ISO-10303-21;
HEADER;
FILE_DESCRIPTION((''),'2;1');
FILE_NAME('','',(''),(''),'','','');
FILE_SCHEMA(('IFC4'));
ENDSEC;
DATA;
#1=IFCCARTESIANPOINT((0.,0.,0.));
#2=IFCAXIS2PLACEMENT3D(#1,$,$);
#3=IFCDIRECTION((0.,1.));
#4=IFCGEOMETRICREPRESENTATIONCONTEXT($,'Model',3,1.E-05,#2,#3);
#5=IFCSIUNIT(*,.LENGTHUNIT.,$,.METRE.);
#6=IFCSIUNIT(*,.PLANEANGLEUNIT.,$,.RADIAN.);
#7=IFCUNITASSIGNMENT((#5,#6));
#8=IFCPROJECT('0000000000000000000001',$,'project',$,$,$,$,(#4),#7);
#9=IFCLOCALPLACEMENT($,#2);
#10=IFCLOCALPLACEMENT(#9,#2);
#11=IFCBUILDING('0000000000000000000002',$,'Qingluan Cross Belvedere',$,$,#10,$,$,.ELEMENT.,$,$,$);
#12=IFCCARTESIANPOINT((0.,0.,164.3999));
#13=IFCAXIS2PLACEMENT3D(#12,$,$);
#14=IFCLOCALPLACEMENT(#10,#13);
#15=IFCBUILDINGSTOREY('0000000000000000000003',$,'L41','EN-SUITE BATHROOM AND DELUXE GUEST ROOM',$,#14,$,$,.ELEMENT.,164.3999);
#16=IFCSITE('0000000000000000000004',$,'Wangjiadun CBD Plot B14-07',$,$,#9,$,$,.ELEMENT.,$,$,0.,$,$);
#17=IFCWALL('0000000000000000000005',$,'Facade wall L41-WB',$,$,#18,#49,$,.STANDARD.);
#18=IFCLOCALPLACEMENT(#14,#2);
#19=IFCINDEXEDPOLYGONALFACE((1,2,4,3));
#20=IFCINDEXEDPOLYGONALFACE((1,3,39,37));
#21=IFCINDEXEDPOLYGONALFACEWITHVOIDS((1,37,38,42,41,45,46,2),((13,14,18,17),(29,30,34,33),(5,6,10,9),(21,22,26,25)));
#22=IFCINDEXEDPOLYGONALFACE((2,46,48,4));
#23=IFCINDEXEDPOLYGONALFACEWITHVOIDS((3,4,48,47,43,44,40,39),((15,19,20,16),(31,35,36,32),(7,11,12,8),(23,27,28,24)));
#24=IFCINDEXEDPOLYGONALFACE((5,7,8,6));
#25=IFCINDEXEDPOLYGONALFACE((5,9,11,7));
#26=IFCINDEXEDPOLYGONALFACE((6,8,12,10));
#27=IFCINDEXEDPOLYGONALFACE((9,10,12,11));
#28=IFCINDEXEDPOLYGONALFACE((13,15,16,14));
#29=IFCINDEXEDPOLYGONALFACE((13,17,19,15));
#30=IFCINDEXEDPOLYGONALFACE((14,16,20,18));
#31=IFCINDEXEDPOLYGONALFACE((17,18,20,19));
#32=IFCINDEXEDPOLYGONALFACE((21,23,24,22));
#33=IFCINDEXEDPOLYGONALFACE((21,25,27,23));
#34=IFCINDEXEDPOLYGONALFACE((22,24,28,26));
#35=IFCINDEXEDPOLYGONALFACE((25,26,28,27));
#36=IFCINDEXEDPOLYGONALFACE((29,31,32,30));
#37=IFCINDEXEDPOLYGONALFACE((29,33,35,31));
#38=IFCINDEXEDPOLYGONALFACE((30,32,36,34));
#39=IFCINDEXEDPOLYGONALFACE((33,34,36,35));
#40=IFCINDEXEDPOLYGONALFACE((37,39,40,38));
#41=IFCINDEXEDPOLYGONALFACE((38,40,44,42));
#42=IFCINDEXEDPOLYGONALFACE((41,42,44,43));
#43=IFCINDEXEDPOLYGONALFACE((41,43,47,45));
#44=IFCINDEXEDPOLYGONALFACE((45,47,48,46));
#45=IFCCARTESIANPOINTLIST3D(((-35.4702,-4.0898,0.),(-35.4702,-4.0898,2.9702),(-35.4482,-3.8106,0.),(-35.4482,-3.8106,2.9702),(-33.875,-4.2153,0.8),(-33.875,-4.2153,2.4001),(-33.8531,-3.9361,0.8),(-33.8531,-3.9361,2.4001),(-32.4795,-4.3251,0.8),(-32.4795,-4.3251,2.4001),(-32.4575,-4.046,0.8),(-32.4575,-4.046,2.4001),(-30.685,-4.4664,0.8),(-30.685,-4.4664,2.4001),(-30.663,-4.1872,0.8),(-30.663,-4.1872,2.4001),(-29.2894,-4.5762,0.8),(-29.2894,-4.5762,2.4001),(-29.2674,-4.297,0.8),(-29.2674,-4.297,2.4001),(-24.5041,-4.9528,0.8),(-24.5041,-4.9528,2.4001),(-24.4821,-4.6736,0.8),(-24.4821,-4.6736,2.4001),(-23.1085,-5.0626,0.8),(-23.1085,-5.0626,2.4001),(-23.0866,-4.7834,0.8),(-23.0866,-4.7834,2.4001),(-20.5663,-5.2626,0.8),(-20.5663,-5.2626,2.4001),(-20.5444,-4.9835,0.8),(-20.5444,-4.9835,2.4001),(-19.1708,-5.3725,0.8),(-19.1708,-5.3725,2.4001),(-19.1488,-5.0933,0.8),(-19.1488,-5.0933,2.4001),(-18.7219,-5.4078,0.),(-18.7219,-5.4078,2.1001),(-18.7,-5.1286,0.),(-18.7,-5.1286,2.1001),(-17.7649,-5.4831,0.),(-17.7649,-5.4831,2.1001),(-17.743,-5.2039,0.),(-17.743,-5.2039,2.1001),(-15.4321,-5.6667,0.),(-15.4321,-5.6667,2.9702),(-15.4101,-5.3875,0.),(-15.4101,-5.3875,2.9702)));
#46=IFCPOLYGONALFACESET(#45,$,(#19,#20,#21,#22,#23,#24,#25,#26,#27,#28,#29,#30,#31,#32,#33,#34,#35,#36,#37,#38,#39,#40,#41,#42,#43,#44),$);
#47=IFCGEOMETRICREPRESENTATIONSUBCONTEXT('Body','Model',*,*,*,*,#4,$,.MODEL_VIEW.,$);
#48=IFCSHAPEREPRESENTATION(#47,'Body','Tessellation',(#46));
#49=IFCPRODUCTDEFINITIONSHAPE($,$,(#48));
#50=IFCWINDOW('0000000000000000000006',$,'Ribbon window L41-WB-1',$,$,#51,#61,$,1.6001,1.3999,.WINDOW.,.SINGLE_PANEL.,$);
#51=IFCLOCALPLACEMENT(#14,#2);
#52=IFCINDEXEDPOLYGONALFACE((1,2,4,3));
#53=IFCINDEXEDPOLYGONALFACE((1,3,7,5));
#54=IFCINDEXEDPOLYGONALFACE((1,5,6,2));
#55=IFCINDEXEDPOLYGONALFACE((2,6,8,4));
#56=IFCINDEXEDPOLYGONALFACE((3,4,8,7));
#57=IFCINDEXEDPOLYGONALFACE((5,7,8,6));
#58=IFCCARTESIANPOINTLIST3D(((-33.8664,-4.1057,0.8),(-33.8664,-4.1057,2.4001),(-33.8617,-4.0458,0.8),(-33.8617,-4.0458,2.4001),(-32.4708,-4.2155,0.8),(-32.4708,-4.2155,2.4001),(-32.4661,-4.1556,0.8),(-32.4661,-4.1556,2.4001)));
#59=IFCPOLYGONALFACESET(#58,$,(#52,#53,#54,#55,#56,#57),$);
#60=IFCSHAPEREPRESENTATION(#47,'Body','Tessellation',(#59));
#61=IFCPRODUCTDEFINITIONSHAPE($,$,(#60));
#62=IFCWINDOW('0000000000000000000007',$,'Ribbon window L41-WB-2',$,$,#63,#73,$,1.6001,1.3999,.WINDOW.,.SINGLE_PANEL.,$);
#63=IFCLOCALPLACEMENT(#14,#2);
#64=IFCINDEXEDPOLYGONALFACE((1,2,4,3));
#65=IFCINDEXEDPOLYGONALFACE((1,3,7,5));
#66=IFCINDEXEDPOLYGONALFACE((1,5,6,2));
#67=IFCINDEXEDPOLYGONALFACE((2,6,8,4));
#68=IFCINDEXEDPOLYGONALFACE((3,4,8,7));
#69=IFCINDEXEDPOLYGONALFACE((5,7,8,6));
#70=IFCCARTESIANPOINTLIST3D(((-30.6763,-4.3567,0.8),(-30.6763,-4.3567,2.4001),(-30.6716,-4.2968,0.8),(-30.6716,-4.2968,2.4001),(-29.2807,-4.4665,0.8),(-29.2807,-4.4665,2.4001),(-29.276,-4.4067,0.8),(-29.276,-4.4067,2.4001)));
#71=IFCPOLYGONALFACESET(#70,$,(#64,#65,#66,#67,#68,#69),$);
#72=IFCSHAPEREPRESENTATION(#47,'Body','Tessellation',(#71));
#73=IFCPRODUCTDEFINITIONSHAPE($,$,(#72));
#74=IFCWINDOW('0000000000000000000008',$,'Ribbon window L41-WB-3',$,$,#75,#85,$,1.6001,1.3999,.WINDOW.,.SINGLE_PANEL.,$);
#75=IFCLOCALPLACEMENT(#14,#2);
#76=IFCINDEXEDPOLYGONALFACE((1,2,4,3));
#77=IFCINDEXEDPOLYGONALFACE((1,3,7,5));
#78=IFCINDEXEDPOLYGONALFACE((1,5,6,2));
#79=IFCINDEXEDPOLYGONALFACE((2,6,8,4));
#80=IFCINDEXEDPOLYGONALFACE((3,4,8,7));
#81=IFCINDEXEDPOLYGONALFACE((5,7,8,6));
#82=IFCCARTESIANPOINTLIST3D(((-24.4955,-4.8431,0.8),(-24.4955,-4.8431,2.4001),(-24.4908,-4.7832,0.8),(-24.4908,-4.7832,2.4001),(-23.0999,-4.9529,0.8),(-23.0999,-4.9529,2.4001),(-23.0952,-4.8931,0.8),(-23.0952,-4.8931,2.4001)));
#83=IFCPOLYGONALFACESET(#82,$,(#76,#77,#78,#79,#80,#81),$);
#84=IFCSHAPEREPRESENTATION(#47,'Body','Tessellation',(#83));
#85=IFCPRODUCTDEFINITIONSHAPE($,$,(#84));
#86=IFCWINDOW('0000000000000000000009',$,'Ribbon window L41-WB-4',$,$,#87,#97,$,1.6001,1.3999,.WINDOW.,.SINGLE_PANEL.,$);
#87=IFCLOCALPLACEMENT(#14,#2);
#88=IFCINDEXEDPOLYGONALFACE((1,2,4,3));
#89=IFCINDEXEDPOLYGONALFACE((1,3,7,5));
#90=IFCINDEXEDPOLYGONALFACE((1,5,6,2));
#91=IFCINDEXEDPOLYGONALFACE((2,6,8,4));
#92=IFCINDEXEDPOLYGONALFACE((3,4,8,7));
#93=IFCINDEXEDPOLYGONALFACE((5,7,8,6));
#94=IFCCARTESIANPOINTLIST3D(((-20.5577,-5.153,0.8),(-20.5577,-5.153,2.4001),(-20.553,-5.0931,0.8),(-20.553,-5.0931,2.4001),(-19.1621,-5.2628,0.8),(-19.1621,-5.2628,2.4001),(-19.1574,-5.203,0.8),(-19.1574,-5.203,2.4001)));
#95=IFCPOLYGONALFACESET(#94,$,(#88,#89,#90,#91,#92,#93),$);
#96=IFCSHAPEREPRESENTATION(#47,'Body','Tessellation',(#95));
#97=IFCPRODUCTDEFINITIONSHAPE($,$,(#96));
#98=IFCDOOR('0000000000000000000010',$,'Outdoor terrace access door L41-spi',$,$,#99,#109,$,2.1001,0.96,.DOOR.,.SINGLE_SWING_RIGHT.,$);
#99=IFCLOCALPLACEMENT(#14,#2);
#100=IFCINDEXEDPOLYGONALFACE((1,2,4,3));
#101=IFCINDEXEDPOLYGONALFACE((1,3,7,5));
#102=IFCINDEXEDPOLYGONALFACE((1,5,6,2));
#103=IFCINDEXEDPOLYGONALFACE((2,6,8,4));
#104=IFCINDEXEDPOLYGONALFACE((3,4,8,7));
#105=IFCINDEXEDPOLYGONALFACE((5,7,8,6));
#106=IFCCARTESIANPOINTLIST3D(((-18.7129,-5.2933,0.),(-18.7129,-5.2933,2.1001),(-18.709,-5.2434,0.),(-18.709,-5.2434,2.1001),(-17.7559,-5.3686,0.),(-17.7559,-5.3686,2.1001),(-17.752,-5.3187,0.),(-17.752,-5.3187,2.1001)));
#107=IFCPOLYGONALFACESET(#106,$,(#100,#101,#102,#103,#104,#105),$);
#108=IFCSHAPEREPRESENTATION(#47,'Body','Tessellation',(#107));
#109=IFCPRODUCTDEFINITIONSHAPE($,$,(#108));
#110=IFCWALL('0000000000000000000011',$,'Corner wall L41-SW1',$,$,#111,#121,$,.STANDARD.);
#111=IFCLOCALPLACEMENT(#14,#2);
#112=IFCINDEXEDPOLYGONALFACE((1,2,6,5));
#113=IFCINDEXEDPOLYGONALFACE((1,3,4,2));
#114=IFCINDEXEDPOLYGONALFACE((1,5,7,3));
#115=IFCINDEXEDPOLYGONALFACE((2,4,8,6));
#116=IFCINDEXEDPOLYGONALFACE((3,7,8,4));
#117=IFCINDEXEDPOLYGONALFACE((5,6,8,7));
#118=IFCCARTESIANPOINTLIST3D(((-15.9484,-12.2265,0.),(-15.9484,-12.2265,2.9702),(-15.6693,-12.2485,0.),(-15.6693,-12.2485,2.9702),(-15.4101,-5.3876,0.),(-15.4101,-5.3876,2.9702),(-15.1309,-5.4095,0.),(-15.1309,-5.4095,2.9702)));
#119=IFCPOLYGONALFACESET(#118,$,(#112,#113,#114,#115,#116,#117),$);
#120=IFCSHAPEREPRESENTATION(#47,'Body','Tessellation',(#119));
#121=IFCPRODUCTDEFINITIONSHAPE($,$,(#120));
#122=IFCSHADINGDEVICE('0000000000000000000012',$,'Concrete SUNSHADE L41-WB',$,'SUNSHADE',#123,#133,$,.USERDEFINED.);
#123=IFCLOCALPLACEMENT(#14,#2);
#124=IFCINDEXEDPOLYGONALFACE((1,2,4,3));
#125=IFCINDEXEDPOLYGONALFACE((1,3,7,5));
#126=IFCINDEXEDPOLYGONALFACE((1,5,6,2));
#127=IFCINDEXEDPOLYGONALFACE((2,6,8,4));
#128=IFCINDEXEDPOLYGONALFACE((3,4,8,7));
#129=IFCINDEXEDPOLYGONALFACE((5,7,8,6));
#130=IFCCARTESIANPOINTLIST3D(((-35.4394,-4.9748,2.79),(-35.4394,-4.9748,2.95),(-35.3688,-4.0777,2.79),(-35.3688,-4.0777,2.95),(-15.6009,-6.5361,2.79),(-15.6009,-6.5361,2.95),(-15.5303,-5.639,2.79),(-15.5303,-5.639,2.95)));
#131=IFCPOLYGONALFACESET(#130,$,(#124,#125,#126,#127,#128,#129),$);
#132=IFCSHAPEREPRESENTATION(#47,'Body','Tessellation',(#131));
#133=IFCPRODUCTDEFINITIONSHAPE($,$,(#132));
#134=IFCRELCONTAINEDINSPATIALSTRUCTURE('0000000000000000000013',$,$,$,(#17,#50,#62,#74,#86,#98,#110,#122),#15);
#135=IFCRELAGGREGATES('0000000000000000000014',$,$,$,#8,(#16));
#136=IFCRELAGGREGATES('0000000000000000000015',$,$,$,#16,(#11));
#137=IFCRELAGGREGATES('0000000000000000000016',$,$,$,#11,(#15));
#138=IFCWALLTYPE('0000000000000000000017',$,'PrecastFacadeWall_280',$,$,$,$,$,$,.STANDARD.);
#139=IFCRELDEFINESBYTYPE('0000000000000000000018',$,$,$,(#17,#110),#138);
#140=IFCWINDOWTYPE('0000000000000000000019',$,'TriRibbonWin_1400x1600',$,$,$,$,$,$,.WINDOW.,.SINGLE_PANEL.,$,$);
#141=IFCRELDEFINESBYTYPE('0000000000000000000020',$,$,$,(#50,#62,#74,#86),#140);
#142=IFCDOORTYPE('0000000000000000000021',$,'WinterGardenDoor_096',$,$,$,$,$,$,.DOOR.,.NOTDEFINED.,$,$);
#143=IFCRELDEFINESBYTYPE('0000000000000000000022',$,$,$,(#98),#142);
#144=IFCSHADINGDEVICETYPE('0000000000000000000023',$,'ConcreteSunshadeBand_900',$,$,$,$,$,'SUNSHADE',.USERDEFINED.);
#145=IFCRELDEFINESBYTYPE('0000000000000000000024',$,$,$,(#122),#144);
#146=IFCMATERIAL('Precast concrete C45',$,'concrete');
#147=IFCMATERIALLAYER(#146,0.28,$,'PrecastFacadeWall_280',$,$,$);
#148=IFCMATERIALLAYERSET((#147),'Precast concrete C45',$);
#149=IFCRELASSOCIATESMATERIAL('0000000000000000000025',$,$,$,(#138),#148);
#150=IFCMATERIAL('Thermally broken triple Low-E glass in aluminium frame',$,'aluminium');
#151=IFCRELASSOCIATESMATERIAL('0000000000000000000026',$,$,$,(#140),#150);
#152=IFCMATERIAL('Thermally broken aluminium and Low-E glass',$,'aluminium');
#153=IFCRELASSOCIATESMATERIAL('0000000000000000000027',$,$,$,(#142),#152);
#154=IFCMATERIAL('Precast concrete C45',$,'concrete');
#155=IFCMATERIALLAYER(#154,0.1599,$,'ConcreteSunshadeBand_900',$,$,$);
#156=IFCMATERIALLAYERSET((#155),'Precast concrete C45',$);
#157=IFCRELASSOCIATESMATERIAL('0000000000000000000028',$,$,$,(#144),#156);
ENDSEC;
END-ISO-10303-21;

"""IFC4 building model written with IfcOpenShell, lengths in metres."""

from ifc_helpers import new_model, si_unit, direction, frame, frame_2d, origin, origin_2d, place, context, subcontext, project, spatial, rectangle, extrude, material, layer, layer_set, type_object, element, fill, save


model = new_model("IFC4")

# Units and contexts
model_context = context("Model", 3, precision=1e-05, world=origin(), true_north=direction((0.0, 1.0)))
body_context = subcontext(model_context, "Body", "Model", "MODEL_VIEW")
ifc_project = project(units=[si_unit("LENGTHUNIT", "METRE"), si_unit("PLANEANGLEUNIT", "RADIAN")], contexts=[model_context])

# Site, building, storey
site_placement = place(None, origin())
site = spatial("IfcSite", under=ifc_project, at=site_placement, Name="Wangjiadun CBD Plot B14-07", CompositionType="ELEMENT", RefElevation=0.0)
building_placement = place(site_placement, origin())
building = spatial("IfcBuilding", under=site, at=building_placement, Name="Qingluan Cross Belvedere", CompositionType="ELEMENT")
storey_placement = place(building_placement, frame((0.0, 0.0, 164.3999)))
storey = spatial("IfcBuildingStorey", under=building, at=storey_placement, Name="L41", Description="EN-SUITE BATHROOM AND DELUXE GUEST ROOM", CompositionType="ELEMENT", Elevation=164.3999)

# Wall, openings, windows, door
ifc_material_1 = material(Name="Precast concrete C45", Category="concrete")
ifc_layer_1 = layer(ifc_material_1, 0.28, Name="PrecastFacadeWall_280")
ifc_layer_set_1 = layer_set([ifc_layer_1], Name="Precast concrete C45")
wall_type_1 = type_object("IfcWallType", Name="PrecastFacadeWall_280", PredefinedType="STANDARD", material=ifc_layer_set_1)
wall_1_placement = place(storey_placement, frame((-35.4592, -3.9502, 0.0), z_axis=(0.0, 0.0, 1.0), x_axis=(0.996918, -0.078453, 0.0)))
wall_1 = element("IfcWall", 1, at=wall_1_placement, inside=storey, type_object=wall_type_1, Name="Facade wall L41-WB", PredefinedType="STANDARD", context=body_context, shape_type="SweptSolid", body=[
    extrude(rectangle(XDim=20.1001, YDim=0.28, at=frame_2d((10.05, 0.0))), origin(), (0.0, 0.0, 1.0), 2.9702),
])
opening_1_placement = place(wall_1_placement, frame((1.6001, 0.0, 0.8)))
opening_1 = element("IfcOpeningElement", 2, at=opening_1_placement, cuts=wall_1, PredefinedType="OPENING", context=body_context, shape_type="SweptSolid", body=[
    extrude(rectangle(XDim=1.3999, YDim=1.6001, at=frame_2d((0.7, 0.8))), frame((0.0, 0.1499, 0.0), z_axis=(0.0, -1.0, 0.0), x_axis=(1.0, 0.0, 0.0)), (0.0, 0.0, 1.0), 0.3),
])
opening_2_placement = place(wall_1_placement, frame((4.8, 0.0, 0.8)))
opening_2 = element("IfcOpeningElement", 3, at=opening_2_placement, cuts=wall_1, PredefinedType="OPENING", context=body_context, shape_type="SweptSolid", body=[
    extrude(rectangle(XDim=1.3999, YDim=1.6001, at=frame_2d((0.7, 0.8))), frame((0.0, 0.1499, 0.0), z_axis=(0.0, -1.0, 0.0), x_axis=(1.0, 0.0, 0.0)), (0.0, 0.0, 1.0), 0.3),
])
opening_3_placement = place(wall_1_placement, frame((11.0, 0.0, 0.8)))
opening_3 = element("IfcOpeningElement", 4, at=opening_3_placement, cuts=wall_1, PredefinedType="OPENING", context=body_context, shape_type="SweptSolid", body=[
    extrude(rectangle(XDim=1.3999, YDim=1.6001, at=frame_2d((0.7, 0.8))), frame((0.0, 0.1499, 0.0), z_axis=(0.0, -1.0, 0.0), x_axis=(1.0, 0.0, 0.0)), (0.0, 0.0, 1.0), 0.3),
])
opening_4_placement = place(wall_1_placement, frame((14.95, 0.0, 0.8)))
opening_4 = element("IfcOpeningElement", 5, at=opening_4_placement, cuts=wall_1, PredefinedType="OPENING", context=body_context, shape_type="SweptSolid", body=[
    extrude(rectangle(XDim=1.3999, YDim=1.6001, at=frame_2d((0.7, 0.8))), frame((0.0, 0.1499, 0.0), z_axis=(0.0, -1.0, 0.0), x_axis=(1.0, 0.0, 0.0)), (0.0, 0.0, 1.0), 0.3),
])
opening_5_placement = place(wall_1_placement, frame((16.8, 0.0, 0.0)))
opening_5 = element("IfcOpeningElement", 6, at=opening_5_placement, cuts=wall_1, PredefinedType="OPENING", context=body_context, shape_type="SweptSolid", body=[
    extrude(rectangle(XDim=0.96, YDim=2.1001, at=frame_2d((0.48, 1.05))), frame((0.0, 0.1499, 0.0), z_axis=(0.0, -1.0, 0.0), x_axis=(1.0, 0.0, 0.0)), (0.0, 0.0, 1.0), 0.3),
])
ifc_material_2 = material(Name="Thermally broken triple Low-E glass in aluminium frame", Category="aluminium")
window_type = type_object("IfcWindowType", Name="TriRibbonWin_1400x1600", PartitioningType="SINGLE_PANEL", PredefinedType="WINDOW", material=ifc_material_2)
window_1_placement = place(opening_1_placement, origin())
window_1 = element("IfcWindow", 7, at=window_1_placement, inside=storey, type_object=window_type, Name="Ribbon window L41-WB-1", OverallHeight=1.6001, OverallWidth=1.3999, PartitioningType="SINGLE_PANEL", PredefinedType="WINDOW", context=body_context, shape_type="SweptSolid", body=[
    extrude(rectangle(XDim=1.3999, YDim=1.6001, at=frame_2d((0.7, 0.8))), frame((0.0, 0.03, 0.0), z_axis=(0.0, -1.0, 0.0), x_axis=(1.0, 0.0, 0.0)), (0.0, 0.0, 1.0), 0.0601),
])
fill(opening_1, window_1)
window_2_placement = place(opening_2_placement, origin())
window_2 = element("IfcWindow", 8, at=window_2_placement, inside=storey, type_object=window_type, Name="Ribbon window L41-WB-2", OverallHeight=1.6001, OverallWidth=1.3999, PartitioningType="SINGLE_PANEL", PredefinedType="WINDOW", context=body_context, shape_type="SweptSolid", body=[
    extrude(rectangle(XDim=1.3999, YDim=1.6001, at=frame_2d((0.7, 0.8))), frame((0.0, 0.03, 0.0), z_axis=(0.0, -1.0, 0.0), x_axis=(1.0, 0.0, 0.0)), (0.0, 0.0, 1.0), 0.0601),
])
fill(opening_2, window_2)
window_3_placement = place(opening_3_placement, origin())
window_3 = element("IfcWindow", 9, at=window_3_placement, inside=storey, type_object=window_type, Name="Ribbon window L41-WB-3", OverallHeight=1.6001, OverallWidth=1.3999, PartitioningType="SINGLE_PANEL", PredefinedType="WINDOW", context=body_context, shape_type="SweptSolid", body=[
    extrude(rectangle(XDim=1.3999, YDim=1.6001, at=frame_2d((0.7, 0.8))), frame((0.0, 0.03, 0.0), z_axis=(0.0, -1.0, 0.0), x_axis=(1.0, 0.0, 0.0)), (0.0, 0.0, 1.0), 0.0601),
])
fill(opening_3, window_3)
window_4_placement = place(opening_4_placement, origin())
window_4 = element("IfcWindow", 10, at=window_4_placement, inside=storey, type_object=window_type, Name="Ribbon window L41-WB-4", OverallHeight=1.6001, OverallWidth=1.3999, PartitioningType="SINGLE_PANEL", PredefinedType="WINDOW", context=body_context, shape_type="SweptSolid", body=[
    extrude(rectangle(XDim=1.3999, YDim=1.6001, at=frame_2d((0.7, 0.8))), frame((0.0, 0.03, 0.0), z_axis=(0.0, -1.0, 0.0), x_axis=(1.0, 0.0, 0.0)), (0.0, 0.0, 1.0), 0.0601),
])
fill(opening_4, window_4)
ifc_material_3 = material(Name="Thermally broken aluminium and Low-E glass", Category="aluminium")
door_type_1 = type_object("IfcDoorType", Name="WinterGardenDoor_096", OperationType="NOTDEFINED", PredefinedType="DOOR", material=ifc_material_3)
door_1_placement = place(opening_5_placement, origin())
door_1 = element("IfcDoor", 11, at=door_1_placement, inside=storey, type_object=door_type_1, Name="Outdoor terrace access door L41-spi", OperationType="SINGLE_SWING_RIGHT", OverallHeight=2.1001, OverallWidth=0.96, PredefinedType="DOOR", context=body_context, shape_type="SweptSolid", body=[
    extrude(rectangle(XDim=0.96, YDim=2.1001, at=frame_2d((0.48, 1.05))), frame((0.0, 0.0249, 0.0), z_axis=(0.0, -1.0, 0.0), x_axis=(1.0, 0.0, 0.0)), (0.0, 0.0, 1.0), 0.05),
])
fill(opening_5, door_1)

# Wall
wall_2_placement = place(storey_placement, frame((-15.2705, -5.3984, 0.0), z_axis=(0.0, 0.0, 1.0), x_axis=(-0.078474, -0.996916, 0.0)))
element("IfcWall", 12, at=wall_2_placement, inside=storey, type_object=wall_type_1, Name="Corner wall L41-SW1", PredefinedType="STANDARD", context=body_context, shape_type="SweptSolid", body=[
    extrude(rectangle(XDim=6.8601, YDim=0.28, at=frame_2d((3.4302, 0.0))), origin(), (0.0, 0.0, 1.0), 2.9702),
])

# Shading device
ifc_material_4 = material(Name="Precast concrete C45", Category="concrete")
ifc_layer_2 = layer(ifc_material_4, 0.1599, Name="ConcreteSunshadeBand_900")
ifc_layer_set_2 = layer_set([ifc_layer_2], Name="Precast concrete C45")
shading_device_type = type_object("IfcShadingDeviceType", Name="ConcreteSunshadeBand_900", ElementType="SUNSHADE", PredefinedType="USERDEFINED", material=ifc_layer_set_2)
shading_device_placement = place(storey_placement, frame((-25.4849, -5.3069, 2.79), z_axis=(0.0, 0.0, 1.0), x_axis=(0.996917, -0.078458, 0.0)))
element("IfcShadingDevice", 13, at=shading_device_placement, inside=storey, type_object=shading_device_type, Name="Concrete SUNSHADE L41-WB", ObjectType="SUNSHADE", PredefinedType="USERDEFINED", context=body_context, shape_type="SweptSolid", body=[
    extrude(rectangle(XDim=19.8999, YDim=0.8999, at=origin_2d()), origin(), (0.0, 0.0, 1.0), 0.1599),
])

save(model, "model.ifc")
